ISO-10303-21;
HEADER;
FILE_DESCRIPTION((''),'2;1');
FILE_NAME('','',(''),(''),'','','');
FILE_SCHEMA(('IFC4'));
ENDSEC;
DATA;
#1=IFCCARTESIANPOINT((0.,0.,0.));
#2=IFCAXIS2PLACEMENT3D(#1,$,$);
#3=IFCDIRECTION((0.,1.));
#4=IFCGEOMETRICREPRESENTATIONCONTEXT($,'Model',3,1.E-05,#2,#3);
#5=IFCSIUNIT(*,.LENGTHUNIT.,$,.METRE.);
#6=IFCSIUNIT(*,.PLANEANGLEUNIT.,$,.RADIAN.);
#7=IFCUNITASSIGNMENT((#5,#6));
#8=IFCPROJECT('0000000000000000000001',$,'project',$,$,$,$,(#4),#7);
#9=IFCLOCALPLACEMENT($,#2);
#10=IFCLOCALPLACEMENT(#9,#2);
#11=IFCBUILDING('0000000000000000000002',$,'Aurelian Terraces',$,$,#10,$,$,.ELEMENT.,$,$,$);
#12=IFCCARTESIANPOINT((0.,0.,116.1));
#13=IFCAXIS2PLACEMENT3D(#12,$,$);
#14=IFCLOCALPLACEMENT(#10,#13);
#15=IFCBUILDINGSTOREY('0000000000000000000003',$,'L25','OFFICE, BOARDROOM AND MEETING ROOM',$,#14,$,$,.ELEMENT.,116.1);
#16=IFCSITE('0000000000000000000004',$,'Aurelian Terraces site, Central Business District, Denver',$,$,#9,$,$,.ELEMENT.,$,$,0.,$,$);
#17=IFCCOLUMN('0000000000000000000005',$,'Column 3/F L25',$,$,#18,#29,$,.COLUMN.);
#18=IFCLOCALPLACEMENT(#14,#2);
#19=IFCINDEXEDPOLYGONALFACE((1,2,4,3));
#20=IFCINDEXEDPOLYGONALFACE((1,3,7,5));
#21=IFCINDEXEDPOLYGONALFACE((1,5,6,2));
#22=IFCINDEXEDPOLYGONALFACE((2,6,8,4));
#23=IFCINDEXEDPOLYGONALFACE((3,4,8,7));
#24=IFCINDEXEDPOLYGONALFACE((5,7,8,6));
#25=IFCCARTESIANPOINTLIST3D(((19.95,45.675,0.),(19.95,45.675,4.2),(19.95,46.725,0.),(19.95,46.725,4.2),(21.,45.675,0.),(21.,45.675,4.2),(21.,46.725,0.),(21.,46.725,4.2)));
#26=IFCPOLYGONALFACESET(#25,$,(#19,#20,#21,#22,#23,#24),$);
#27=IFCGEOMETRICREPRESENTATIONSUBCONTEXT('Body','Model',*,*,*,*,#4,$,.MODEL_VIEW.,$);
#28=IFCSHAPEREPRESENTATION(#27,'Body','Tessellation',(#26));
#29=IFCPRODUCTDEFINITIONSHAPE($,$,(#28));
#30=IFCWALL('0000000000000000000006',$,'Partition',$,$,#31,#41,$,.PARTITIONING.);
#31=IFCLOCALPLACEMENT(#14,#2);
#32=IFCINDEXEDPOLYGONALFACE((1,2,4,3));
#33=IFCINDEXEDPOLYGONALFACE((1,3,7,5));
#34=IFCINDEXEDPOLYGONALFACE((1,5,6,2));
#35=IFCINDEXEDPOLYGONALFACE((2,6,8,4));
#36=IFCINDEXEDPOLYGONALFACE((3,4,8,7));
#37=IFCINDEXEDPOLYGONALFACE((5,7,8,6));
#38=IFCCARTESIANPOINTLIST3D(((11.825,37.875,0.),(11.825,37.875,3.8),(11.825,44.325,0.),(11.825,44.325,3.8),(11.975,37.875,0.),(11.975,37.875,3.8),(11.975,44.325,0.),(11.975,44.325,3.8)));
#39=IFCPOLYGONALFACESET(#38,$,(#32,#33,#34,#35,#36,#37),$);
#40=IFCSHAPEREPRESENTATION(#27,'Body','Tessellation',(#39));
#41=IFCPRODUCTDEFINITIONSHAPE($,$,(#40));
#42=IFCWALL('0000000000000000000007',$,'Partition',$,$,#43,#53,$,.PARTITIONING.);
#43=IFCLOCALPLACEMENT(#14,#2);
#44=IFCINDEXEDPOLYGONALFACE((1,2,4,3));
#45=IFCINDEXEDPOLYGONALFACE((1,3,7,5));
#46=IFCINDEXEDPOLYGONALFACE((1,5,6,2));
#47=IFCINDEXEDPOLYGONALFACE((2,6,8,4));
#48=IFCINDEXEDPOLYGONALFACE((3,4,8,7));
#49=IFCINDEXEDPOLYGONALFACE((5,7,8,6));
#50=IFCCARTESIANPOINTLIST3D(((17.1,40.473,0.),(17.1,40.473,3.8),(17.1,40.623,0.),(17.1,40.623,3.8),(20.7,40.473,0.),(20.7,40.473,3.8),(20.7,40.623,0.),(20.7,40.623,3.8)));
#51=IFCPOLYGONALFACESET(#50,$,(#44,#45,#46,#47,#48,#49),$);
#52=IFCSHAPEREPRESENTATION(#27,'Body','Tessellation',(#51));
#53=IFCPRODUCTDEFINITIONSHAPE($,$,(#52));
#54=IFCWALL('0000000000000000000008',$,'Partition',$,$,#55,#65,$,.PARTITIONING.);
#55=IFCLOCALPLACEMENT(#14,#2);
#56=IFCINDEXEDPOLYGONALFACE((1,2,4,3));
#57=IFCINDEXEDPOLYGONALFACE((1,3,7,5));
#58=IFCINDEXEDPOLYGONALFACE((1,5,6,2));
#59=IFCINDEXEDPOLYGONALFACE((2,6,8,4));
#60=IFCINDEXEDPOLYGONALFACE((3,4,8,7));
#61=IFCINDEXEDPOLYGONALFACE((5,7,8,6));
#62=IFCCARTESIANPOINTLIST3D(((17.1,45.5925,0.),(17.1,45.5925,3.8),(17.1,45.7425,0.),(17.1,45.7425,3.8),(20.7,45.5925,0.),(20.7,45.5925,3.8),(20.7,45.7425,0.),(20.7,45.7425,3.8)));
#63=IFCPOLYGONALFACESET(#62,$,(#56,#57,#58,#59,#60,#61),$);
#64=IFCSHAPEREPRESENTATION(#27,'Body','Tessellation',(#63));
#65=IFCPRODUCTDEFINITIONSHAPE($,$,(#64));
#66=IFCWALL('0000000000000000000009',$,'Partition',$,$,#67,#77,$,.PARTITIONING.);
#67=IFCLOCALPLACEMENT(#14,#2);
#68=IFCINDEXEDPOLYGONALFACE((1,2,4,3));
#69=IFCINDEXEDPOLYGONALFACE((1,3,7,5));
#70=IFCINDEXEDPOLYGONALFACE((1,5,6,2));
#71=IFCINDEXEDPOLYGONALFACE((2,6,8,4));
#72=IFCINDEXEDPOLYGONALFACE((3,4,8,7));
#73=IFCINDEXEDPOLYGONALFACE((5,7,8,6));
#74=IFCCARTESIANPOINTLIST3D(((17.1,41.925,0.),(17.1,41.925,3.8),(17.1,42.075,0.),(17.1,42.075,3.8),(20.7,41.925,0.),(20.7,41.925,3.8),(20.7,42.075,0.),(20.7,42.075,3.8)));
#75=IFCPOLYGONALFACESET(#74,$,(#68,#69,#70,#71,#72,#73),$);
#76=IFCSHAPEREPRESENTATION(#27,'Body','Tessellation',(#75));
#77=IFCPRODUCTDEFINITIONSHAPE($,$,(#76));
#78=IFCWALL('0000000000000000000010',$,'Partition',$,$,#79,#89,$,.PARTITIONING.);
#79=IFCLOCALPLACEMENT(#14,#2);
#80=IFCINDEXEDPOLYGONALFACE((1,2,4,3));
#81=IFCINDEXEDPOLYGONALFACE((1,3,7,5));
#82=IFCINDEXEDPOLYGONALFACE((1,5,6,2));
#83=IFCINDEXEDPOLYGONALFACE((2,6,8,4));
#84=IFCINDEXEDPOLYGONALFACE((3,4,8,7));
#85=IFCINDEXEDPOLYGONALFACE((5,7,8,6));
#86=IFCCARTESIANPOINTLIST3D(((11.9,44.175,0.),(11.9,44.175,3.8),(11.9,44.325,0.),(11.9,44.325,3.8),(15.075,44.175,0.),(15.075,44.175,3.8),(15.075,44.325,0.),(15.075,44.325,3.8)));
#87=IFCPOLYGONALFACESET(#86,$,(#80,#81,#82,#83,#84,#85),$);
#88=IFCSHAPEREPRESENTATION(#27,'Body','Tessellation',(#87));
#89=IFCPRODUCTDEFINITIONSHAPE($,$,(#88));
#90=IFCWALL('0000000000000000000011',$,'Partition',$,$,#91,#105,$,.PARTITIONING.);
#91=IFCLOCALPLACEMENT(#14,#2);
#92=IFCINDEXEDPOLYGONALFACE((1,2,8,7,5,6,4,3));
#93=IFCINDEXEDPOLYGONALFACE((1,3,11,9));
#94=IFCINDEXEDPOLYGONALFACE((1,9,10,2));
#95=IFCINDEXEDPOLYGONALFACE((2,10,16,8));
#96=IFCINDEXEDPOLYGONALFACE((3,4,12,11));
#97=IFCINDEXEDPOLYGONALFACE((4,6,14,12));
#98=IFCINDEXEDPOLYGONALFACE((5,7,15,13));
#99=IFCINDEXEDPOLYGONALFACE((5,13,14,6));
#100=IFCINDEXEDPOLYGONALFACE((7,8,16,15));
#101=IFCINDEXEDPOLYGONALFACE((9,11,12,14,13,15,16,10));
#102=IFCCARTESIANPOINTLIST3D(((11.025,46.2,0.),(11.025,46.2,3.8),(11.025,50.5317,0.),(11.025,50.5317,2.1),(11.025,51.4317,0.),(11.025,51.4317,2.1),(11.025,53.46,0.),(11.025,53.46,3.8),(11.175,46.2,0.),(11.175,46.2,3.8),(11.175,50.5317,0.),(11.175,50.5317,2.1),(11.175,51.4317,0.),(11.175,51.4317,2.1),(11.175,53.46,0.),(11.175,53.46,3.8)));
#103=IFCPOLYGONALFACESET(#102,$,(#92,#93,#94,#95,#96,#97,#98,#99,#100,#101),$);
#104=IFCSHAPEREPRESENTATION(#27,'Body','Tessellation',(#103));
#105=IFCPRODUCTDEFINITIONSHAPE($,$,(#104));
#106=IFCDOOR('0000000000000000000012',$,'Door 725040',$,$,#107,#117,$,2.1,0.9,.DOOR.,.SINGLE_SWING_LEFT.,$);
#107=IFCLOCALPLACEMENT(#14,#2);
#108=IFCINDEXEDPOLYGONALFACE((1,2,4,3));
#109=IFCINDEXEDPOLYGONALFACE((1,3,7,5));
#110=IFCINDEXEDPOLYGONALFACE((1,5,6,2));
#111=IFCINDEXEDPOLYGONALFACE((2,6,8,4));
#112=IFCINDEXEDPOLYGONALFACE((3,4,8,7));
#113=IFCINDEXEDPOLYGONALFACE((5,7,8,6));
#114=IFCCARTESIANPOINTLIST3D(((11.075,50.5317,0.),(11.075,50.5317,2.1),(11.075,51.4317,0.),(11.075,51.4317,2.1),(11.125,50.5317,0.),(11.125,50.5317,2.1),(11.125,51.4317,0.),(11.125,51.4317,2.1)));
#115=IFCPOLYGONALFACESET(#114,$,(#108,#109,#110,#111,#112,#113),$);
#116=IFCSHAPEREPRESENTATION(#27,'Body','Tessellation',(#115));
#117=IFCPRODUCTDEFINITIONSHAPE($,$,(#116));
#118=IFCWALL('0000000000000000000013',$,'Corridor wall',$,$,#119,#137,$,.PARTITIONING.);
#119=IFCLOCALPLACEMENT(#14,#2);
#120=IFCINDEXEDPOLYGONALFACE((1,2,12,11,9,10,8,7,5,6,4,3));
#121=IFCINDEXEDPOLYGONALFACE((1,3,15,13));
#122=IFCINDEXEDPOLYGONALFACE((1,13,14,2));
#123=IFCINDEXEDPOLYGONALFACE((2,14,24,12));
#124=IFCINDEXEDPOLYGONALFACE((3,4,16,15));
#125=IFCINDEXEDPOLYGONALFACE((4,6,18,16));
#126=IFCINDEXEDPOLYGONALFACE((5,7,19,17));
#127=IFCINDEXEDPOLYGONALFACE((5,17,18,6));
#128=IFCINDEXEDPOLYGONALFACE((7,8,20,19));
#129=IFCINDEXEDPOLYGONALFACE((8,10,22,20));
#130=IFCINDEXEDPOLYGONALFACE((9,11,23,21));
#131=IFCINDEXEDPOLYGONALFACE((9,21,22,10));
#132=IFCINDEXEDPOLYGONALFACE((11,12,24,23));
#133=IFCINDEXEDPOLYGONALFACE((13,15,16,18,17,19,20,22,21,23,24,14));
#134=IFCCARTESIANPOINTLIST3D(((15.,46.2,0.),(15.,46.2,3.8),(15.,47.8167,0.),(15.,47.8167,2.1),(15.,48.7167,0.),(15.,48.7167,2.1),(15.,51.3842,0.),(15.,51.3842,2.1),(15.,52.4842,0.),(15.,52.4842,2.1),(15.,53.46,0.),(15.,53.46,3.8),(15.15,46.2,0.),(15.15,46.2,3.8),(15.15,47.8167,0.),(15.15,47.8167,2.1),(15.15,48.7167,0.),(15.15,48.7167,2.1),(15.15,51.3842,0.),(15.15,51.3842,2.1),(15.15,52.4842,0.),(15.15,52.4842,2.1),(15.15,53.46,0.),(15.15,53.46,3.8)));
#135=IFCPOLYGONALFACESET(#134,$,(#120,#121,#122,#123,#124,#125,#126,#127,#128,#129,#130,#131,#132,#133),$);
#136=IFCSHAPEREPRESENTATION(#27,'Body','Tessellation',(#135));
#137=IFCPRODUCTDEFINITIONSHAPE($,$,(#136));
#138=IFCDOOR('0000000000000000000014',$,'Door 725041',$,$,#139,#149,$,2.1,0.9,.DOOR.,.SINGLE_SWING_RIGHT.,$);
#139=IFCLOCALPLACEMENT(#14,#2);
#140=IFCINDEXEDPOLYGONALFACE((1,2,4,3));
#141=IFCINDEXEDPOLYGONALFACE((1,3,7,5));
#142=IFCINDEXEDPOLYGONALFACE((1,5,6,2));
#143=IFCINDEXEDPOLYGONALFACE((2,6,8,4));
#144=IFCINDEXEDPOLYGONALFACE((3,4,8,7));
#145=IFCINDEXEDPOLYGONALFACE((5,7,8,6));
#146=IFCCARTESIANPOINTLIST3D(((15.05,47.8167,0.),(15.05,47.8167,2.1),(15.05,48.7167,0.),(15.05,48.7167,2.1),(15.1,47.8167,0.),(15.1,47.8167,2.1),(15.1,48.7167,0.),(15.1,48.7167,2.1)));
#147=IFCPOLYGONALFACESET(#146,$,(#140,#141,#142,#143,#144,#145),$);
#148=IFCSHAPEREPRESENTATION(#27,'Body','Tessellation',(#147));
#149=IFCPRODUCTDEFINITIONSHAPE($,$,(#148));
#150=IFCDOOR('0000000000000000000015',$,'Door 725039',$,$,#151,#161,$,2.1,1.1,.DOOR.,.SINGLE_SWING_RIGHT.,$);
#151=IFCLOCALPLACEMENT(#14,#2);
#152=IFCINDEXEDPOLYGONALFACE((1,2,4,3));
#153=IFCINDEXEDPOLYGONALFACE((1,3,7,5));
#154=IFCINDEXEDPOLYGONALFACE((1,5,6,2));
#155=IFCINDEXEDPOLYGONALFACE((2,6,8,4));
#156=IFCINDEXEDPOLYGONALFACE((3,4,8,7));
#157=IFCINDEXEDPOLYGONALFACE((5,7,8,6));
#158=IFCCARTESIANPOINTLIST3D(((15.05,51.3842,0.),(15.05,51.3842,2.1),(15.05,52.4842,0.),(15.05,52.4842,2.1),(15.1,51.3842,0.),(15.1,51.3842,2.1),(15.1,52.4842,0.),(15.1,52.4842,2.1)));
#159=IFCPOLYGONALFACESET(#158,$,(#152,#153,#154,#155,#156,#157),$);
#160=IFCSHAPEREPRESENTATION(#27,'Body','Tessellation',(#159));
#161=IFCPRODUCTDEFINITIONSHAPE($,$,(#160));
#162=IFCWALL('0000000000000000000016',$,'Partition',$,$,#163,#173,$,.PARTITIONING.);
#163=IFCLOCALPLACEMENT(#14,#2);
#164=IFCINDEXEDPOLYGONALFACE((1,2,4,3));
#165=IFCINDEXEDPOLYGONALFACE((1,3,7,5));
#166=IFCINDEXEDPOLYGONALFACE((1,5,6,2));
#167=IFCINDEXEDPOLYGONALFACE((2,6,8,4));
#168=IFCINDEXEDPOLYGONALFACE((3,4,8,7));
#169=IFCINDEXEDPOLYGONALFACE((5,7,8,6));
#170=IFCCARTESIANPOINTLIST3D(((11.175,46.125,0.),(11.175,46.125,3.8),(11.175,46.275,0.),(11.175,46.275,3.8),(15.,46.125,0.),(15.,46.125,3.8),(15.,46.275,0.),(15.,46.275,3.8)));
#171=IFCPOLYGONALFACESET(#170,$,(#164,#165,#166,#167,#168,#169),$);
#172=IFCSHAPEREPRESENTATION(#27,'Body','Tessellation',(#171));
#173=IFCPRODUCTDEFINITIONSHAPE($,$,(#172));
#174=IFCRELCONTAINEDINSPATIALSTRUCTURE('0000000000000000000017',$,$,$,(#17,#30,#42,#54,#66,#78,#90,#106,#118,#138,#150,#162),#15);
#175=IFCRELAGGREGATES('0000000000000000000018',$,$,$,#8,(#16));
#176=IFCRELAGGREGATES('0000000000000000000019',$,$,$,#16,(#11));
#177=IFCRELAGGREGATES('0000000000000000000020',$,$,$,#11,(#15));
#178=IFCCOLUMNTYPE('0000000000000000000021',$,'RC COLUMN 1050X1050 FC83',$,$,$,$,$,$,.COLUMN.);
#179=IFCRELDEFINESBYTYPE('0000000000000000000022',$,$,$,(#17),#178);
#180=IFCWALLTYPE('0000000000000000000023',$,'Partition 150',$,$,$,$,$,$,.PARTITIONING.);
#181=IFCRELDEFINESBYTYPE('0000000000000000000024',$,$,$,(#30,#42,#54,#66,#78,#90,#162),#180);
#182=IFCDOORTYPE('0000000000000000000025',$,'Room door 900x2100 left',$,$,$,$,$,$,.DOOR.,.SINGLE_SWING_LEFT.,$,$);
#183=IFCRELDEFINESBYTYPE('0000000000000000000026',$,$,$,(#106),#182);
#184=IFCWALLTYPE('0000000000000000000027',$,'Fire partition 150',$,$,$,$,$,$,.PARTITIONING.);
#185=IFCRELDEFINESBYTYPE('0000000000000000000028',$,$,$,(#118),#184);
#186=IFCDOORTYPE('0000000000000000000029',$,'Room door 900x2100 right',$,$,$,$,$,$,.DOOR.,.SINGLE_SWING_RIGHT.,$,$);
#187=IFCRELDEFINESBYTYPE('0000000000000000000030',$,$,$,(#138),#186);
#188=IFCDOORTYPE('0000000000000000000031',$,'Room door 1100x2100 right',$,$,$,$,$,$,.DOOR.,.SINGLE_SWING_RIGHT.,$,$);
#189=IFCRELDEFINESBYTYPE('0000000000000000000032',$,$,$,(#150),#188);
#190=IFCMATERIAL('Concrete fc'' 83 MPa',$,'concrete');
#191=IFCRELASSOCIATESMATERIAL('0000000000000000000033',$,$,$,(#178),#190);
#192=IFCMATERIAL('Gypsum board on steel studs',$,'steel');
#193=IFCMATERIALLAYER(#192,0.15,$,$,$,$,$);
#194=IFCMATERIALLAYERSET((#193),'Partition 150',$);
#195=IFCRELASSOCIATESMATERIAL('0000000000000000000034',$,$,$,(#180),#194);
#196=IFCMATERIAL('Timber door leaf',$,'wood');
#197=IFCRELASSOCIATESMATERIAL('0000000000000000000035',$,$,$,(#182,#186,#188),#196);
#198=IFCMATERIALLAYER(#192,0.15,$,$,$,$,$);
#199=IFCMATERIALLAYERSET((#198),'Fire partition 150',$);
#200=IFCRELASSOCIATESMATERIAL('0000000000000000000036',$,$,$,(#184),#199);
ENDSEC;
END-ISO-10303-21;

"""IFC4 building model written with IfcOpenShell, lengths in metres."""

from ifc_helpers import new_model, si_unit, direction, frame, frame_2d, origin, origin_2d, place, context, subcontext, project, spatial, rectangle, extrude, source, transform, mapped, material, layer, layer_set, material_profile, profile_set, type_object, element, fill, save


model = new_model("IFC4")

# Units and contexts
model_context = context("Model", 3, precision=1e-05, world=origin(), true_north=direction((0.0, 1.0)))
body_context = subcontext(model_context, "Body", "Model", "MODEL_VIEW")
ifc_project = project(units=[si_unit("LENGTHUNIT", "METRE"), si_unit("PLANEANGLEUNIT", "RADIAN")], contexts=[model_context])

# Site, building, storey
site_placement = place(None, origin())
site = spatial("IfcSite", under=ifc_project, at=site_placement, Name="Aurelian Terraces site, Central Business District, Denver", CompositionType="ELEMENT", RefElevation=0.0)
building_placement = place(site_placement, origin())
building = spatial("IfcBuilding", under=site, at=building_placement, Name="Aurelian Terraces", CompositionType="ELEMENT")
storey_placement = place(building_placement, frame((0.0, 0.0, 116.1)))
storey = spatial("IfcBuildingStorey", under=building, at=storey_placement, Name="L25", Description="OFFICE, BOARDROOM AND MEETING ROOM", CompositionType="ELEMENT", Elevation=116.1)

# Column
ifc_material_1 = material(Name="Concrete fc' 83 MPa", Category="concrete")
ifc_material_profile = material_profile(ifc_material_1, rectangle(XDim=1.05, YDim=1.05, at=origin_2d()))
ifc_profile_set = profile_set([ifc_material_profile], Name="Concrete fc' 83 MPa")
column_type = type_object("IfcColumnType", Name="RC COLUMN 1050X1050 FC83", PredefinedType="COLUMN", material=ifc_profile_set)
shared_shape_1 = source(origin(), body_context, "Body", "SweptSolid", [
    extrude(rectangle(XDim=1.05, YDim=1.05, at=origin_2d()), origin(), (0.0, 0.0, 1.0), 4.2),
])
column_placement = place(storey_placement, frame((20.475, 46.2, 0.0), z_axis=(0.0, 0.0, 1.0), x_axis=(1.0, 0.0, 0.0)))
element("IfcColumn", 1, at=column_placement, inside=storey, type_object=column_type, Name="Column 3/F L25", PredefinedType="COLUMN", context=body_context, shape_type="MappedRepresentation", body=[
    mapped(shared_shape_1, transform((0.0, 0.0, 0.0), scale=1.0)),
])

# Walls
ifc_material_2 = material(Name="Gypsum board on steel studs", Category="steel")
ifc_layer_1 = layer(ifc_material_2, 0.15)
ifc_layer_set_1 = layer_set([ifc_layer_1], Name="Partition 150")
wall_type_1 = type_object("IfcWallType", Name="Partition 150", PredefinedType="PARTITIONING", material=ifc_layer_set_1)
shared_shape_2 = source(origin(), body_context, "Body", "SweptSolid", [
    extrude(rectangle(XDim=6.45, YDim=0.15, at=frame_2d((3.225, 0.0))), origin(), (0.0, 0.0, 1.0), 3.8),
])
wall_1_placement = place(storey_placement, frame((11.9, 44.325, 0.0), z_axis=(0.0, 0.0, 1.0), x_axis=(0.0, -1.0, 0.0)))
element("IfcWall", 2, at=wall_1_placement, inside=storey, type_object=wall_type_1, Name="Partition", PredefinedType="PARTITIONING", context=body_context, shape_type="MappedRepresentation", body=[
    mapped(shared_shape_2, transform((0.0, 0.0, 0.0), scale=1.0)),
])
shared_shape_3 = source(origin(), body_context, "Body", "SweptSolid", [
    extrude(rectangle(XDim=3.6, YDim=0.15, at=frame_2d((1.8, 0.0))), origin(), (0.0, 0.0, 1.0), 3.8),
])
for number, where, z_axis, x_axis, name in (
    (3, (17.1, 40.548, 0.0), (0.0, 0.0, 1.0), (1.0, 0.0, 0.0), "Partition"),
    (4, (17.1, 45.6675, 0.0), (0.0, 0.0, 1.0), (1.0, 0.0, 0.0), "Partition"),
    (5, (20.7, 42.0, 0.0), (0.0, 0.0, 1.0), (-1.0, 0.0, 0.0), "Partition"),
):
    element("IfcWall", number, at=place(storey_placement, frame(where, z_axis=z_axis, x_axis=x_axis)), inside=storey, type_object=wall_type_1, Name=name, PredefinedType="PARTITIONING", context=body_context, shape_type="MappedRepresentation", body=[
        mapped(shared_shape_3, transform((0.0, 0.0, 0.0), scale=1.0)),
    ])
shared_shape_4 = source(origin(), body_context, "Body", "SweptSolid", [
    extrude(rectangle(XDim=3.175, YDim=0.15, at=frame_2d((1.5875, 0.0))), origin(), (0.0, 0.0, 1.0), 3.8),
])
wall_2_placement = place(storey_placement, frame((15.075, 44.25, 0.0), z_axis=(0.0, 0.0, 1.0), x_axis=(-1.0, 0.0, 0.0)))
element("IfcWall", 6, at=wall_2_placement, inside=storey, type_object=wall_type_1, Name="Partition", PredefinedType="PARTITIONING", context=body_context, shape_type="MappedRepresentation", body=[
    mapped(shared_shape_4, transform((0.0, 0.0, 0.0), scale=1.0)),
])

# Wall, opening, door
shared_shape_5 = source(origin(), body_context, "Body", "SweptSolid", [
    extrude(rectangle(XDim=7.26, YDim=0.15, at=frame_2d((3.63, 0.0))), origin(), (0.0, 0.0, 1.0), 3.8),
])
wall_3_placement = place(storey_placement, frame((11.1, 46.2, 0.0), z_axis=(0.0, 0.0, 1.0), x_axis=(0.0, 1.0, 0.0)))
wall_3 = element("IfcWall", 7, at=wall_3_placement, inside=storey, type_object=wall_type_1, Name="Partition", PredefinedType="PARTITIONING", context=body_context, shape_type="MappedRepresentation", body=[
    mapped(shared_shape_5, transform((0.0, 0.0, 0.0), scale=1.0)),
])
shared_shape_6 = source(origin(), body_context, "Body", "SweptSolid", [
    extrude(rectangle(XDim=0.9, YDim=2.1, at=frame_2d((0.45, 1.05))), frame((0.0, 0.085, 0.0), z_axis=(0.0, -1.0, 0.0), x_axis=(1.0, 0.0, 0.0)), (0.0, 0.0, 1.0), 0.17),
])
opening_1_placement = place(wall_3_placement, frame((4.3317, 0.0, 0.0)))
opening_1 = element("IfcOpeningElement", 8, at=opening_1_placement, cuts=wall_3, PredefinedType="OPENING", context=body_context, shape_type="MappedRepresentation", body=[
    mapped(shared_shape_6, transform((0.0, 0.0, 0.0), scale=1.0)),
])
ifc_material_3 = material(Name="Timber door leaf", Category="wood")
door_type_1 = type_object("IfcDoorType", Name="Room door 900x2100 left", OperationType="SINGLE_SWING_LEFT", PredefinedType="DOOR", material=ifc_material_3)
shared_shape_7 = source(origin(), body_context, "Body", "SweptSolid", [
    extrude(rectangle(XDim=0.9, YDim=2.1, at=frame_2d((0.45, 1.05))), frame((0.0, 0.025, 0.0), z_axis=(0.0, -1.0, 0.0), x_axis=(1.0, 0.0, 0.0)), (0.0, 0.0, 1.0), 0.05),
])
door_1_placement = place(opening_1_placement, origin())
door_1 = element("IfcDoor", 9, at=door_1_placement, inside=storey, type_object=door_type_1, Name="Door 725040", OperationType="SINGLE_SWING_LEFT", OverallHeight=2.1, OverallWidth=0.9, PredefinedType="DOOR", context=body_context, shape_type="MappedRepresentation", body=[
    mapped(shared_shape_7, transform((0.0, 0.0, 0.0), scale=1.0)),
])
fill(opening_1, door_1)

# Wall, openings, doors
ifc_layer_2 = layer(ifc_material_2, 0.15)
ifc_layer_set_2 = layer_set([ifc_layer_2], Name="Fire partition 150")
wall_type_2 = type_object("IfcWallType", Name="Fire partition 150", PredefinedType="PARTITIONING", material=ifc_layer_set_2)
wall_4_placement = place(storey_placement, frame((15.075, 46.2, 0.0), z_axis=(0.0, 0.0, 1.0), x_axis=(0.0, 1.0, 0.0)))
wall_4 = element("IfcWall", 10, at=wall_4_placement, inside=storey, type_object=wall_type_2, Name="Corridor wall", PredefinedType="PARTITIONING", context=body_context, shape_type="MappedRepresentation", body=[
    mapped(shared_shape_5, transform((0.0, 0.0, 0.0), scale=1.0)),
])
shared_shape_8 = source(origin(), body_context, "Body", "SweptSolid", [
    extrude(rectangle(XDim=1.1, YDim=2.1, at=frame_2d((0.55, 1.05))), frame((0.0, 0.085, 0.0), z_axis=(0.0, -1.0, 0.0), x_axis=(1.0, 0.0, 0.0)), (0.0, 0.0, 1.0), 0.17),
])
opening_2_placement = place(wall_4_placement, frame((5.1842, 0.0, 0.0)))
opening_2 = element("IfcOpeningElement", 11, at=opening_2_placement, cuts=wall_4, PredefinedType="OPENING", context=body_context, shape_type="MappedRepresentation", body=[
    mapped(shared_shape_8, transform((0.0, 0.0, 0.0), scale=1.0)),
])
opening_3_placement = place(wall_4_placement, frame((1.6167, 0.0, 0.0)))
opening_3 = element("IfcOpeningElement", 12, at=opening_3_placement, cuts=wall_4, PredefinedType="OPENING", context=body_context, shape_type="MappedRepresentation", body=[
    mapped(shared_shape_6, transform((0.0, 0.0, 0.0), scale=1.0)),
])
door_type_2 = type_object("IfcDoorType", Name="Room door 900x2100 right", OperationType="SINGLE_SWING_RIGHT", PredefinedType="DOOR", material=ifc_material_3)
door_2_placement = place(opening_3_placement, origin())
door_2 = element("IfcDoor", 13, at=door_2_placement, inside=storey, type_object=door_type_2, Name="Door 725041", OperationType="SINGLE_SWING_RIGHT", OverallHeight=2.1, OverallWidth=0.9, PredefinedType="DOOR", context=body_context, shape_type="MappedRepresentation", body=[
    mapped(shared_shape_7, transform((0.0, 0.0, 0.0), scale=1.0)),
])
fill(opening_3, door_2)
door_type_3 = type_object("IfcDoorType", Name="Room door 1100x2100 right", OperationType="SINGLE_SWING_RIGHT", PredefinedType="DOOR", material=ifc_material_3)
shared_shape_9 = source(origin(), body_context, "Body", "SweptSolid", [
    extrude(rectangle(XDim=1.1, YDim=2.1, at=frame_2d((0.55, 1.05))), frame((0.0, 0.025, 0.0), z_axis=(0.0, -1.0, 0.0), x_axis=(1.0, 0.0, 0.0)), (0.0, 0.0, 1.0), 0.05),
])
door_3_placement = place(opening_2_placement, origin())
door_3 = element("IfcDoor", 14, at=door_3_placement, inside=storey, type_object=door_type_3, Name="Door 725039", OperationType="SINGLE_SWING_RIGHT", OverallHeight=2.1, OverallWidth=1.1, PredefinedType="DOOR", context=body_context, shape_type="MappedRepresentation", body=[
    mapped(shared_shape_9, transform((0.0, 0.0, 0.0), scale=1.0)),
])
fill(opening_2, door_3)

# Wall
shared_shape_10 = source(origin(), body_context, "Body", "SweptSolid", [
    extrude(rectangle(XDim=3.825, YDim=0.15, at=frame_2d((1.9125, 0.0))), origin(), (0.0, 0.0, 1.0), 3.8),
])
wall_5_placement = place(storey_placement, frame((15.0, 46.2, 0.0), z_axis=(0.0, 0.0, 1.0), x_axis=(-1.0, 0.0, 0.0)))
element("IfcWall", 15, at=wall_5_placement, inside=storey, type_object=wall_type_1, Name="Partition", PredefinedType="PARTITIONING", context=body_context, shape_type="MappedRepresentation", body=[
    mapped(shared_shape_10, transform((0.0, 0.0, 0.0), scale=1.0)),
])

save(model, "model.ifc")
